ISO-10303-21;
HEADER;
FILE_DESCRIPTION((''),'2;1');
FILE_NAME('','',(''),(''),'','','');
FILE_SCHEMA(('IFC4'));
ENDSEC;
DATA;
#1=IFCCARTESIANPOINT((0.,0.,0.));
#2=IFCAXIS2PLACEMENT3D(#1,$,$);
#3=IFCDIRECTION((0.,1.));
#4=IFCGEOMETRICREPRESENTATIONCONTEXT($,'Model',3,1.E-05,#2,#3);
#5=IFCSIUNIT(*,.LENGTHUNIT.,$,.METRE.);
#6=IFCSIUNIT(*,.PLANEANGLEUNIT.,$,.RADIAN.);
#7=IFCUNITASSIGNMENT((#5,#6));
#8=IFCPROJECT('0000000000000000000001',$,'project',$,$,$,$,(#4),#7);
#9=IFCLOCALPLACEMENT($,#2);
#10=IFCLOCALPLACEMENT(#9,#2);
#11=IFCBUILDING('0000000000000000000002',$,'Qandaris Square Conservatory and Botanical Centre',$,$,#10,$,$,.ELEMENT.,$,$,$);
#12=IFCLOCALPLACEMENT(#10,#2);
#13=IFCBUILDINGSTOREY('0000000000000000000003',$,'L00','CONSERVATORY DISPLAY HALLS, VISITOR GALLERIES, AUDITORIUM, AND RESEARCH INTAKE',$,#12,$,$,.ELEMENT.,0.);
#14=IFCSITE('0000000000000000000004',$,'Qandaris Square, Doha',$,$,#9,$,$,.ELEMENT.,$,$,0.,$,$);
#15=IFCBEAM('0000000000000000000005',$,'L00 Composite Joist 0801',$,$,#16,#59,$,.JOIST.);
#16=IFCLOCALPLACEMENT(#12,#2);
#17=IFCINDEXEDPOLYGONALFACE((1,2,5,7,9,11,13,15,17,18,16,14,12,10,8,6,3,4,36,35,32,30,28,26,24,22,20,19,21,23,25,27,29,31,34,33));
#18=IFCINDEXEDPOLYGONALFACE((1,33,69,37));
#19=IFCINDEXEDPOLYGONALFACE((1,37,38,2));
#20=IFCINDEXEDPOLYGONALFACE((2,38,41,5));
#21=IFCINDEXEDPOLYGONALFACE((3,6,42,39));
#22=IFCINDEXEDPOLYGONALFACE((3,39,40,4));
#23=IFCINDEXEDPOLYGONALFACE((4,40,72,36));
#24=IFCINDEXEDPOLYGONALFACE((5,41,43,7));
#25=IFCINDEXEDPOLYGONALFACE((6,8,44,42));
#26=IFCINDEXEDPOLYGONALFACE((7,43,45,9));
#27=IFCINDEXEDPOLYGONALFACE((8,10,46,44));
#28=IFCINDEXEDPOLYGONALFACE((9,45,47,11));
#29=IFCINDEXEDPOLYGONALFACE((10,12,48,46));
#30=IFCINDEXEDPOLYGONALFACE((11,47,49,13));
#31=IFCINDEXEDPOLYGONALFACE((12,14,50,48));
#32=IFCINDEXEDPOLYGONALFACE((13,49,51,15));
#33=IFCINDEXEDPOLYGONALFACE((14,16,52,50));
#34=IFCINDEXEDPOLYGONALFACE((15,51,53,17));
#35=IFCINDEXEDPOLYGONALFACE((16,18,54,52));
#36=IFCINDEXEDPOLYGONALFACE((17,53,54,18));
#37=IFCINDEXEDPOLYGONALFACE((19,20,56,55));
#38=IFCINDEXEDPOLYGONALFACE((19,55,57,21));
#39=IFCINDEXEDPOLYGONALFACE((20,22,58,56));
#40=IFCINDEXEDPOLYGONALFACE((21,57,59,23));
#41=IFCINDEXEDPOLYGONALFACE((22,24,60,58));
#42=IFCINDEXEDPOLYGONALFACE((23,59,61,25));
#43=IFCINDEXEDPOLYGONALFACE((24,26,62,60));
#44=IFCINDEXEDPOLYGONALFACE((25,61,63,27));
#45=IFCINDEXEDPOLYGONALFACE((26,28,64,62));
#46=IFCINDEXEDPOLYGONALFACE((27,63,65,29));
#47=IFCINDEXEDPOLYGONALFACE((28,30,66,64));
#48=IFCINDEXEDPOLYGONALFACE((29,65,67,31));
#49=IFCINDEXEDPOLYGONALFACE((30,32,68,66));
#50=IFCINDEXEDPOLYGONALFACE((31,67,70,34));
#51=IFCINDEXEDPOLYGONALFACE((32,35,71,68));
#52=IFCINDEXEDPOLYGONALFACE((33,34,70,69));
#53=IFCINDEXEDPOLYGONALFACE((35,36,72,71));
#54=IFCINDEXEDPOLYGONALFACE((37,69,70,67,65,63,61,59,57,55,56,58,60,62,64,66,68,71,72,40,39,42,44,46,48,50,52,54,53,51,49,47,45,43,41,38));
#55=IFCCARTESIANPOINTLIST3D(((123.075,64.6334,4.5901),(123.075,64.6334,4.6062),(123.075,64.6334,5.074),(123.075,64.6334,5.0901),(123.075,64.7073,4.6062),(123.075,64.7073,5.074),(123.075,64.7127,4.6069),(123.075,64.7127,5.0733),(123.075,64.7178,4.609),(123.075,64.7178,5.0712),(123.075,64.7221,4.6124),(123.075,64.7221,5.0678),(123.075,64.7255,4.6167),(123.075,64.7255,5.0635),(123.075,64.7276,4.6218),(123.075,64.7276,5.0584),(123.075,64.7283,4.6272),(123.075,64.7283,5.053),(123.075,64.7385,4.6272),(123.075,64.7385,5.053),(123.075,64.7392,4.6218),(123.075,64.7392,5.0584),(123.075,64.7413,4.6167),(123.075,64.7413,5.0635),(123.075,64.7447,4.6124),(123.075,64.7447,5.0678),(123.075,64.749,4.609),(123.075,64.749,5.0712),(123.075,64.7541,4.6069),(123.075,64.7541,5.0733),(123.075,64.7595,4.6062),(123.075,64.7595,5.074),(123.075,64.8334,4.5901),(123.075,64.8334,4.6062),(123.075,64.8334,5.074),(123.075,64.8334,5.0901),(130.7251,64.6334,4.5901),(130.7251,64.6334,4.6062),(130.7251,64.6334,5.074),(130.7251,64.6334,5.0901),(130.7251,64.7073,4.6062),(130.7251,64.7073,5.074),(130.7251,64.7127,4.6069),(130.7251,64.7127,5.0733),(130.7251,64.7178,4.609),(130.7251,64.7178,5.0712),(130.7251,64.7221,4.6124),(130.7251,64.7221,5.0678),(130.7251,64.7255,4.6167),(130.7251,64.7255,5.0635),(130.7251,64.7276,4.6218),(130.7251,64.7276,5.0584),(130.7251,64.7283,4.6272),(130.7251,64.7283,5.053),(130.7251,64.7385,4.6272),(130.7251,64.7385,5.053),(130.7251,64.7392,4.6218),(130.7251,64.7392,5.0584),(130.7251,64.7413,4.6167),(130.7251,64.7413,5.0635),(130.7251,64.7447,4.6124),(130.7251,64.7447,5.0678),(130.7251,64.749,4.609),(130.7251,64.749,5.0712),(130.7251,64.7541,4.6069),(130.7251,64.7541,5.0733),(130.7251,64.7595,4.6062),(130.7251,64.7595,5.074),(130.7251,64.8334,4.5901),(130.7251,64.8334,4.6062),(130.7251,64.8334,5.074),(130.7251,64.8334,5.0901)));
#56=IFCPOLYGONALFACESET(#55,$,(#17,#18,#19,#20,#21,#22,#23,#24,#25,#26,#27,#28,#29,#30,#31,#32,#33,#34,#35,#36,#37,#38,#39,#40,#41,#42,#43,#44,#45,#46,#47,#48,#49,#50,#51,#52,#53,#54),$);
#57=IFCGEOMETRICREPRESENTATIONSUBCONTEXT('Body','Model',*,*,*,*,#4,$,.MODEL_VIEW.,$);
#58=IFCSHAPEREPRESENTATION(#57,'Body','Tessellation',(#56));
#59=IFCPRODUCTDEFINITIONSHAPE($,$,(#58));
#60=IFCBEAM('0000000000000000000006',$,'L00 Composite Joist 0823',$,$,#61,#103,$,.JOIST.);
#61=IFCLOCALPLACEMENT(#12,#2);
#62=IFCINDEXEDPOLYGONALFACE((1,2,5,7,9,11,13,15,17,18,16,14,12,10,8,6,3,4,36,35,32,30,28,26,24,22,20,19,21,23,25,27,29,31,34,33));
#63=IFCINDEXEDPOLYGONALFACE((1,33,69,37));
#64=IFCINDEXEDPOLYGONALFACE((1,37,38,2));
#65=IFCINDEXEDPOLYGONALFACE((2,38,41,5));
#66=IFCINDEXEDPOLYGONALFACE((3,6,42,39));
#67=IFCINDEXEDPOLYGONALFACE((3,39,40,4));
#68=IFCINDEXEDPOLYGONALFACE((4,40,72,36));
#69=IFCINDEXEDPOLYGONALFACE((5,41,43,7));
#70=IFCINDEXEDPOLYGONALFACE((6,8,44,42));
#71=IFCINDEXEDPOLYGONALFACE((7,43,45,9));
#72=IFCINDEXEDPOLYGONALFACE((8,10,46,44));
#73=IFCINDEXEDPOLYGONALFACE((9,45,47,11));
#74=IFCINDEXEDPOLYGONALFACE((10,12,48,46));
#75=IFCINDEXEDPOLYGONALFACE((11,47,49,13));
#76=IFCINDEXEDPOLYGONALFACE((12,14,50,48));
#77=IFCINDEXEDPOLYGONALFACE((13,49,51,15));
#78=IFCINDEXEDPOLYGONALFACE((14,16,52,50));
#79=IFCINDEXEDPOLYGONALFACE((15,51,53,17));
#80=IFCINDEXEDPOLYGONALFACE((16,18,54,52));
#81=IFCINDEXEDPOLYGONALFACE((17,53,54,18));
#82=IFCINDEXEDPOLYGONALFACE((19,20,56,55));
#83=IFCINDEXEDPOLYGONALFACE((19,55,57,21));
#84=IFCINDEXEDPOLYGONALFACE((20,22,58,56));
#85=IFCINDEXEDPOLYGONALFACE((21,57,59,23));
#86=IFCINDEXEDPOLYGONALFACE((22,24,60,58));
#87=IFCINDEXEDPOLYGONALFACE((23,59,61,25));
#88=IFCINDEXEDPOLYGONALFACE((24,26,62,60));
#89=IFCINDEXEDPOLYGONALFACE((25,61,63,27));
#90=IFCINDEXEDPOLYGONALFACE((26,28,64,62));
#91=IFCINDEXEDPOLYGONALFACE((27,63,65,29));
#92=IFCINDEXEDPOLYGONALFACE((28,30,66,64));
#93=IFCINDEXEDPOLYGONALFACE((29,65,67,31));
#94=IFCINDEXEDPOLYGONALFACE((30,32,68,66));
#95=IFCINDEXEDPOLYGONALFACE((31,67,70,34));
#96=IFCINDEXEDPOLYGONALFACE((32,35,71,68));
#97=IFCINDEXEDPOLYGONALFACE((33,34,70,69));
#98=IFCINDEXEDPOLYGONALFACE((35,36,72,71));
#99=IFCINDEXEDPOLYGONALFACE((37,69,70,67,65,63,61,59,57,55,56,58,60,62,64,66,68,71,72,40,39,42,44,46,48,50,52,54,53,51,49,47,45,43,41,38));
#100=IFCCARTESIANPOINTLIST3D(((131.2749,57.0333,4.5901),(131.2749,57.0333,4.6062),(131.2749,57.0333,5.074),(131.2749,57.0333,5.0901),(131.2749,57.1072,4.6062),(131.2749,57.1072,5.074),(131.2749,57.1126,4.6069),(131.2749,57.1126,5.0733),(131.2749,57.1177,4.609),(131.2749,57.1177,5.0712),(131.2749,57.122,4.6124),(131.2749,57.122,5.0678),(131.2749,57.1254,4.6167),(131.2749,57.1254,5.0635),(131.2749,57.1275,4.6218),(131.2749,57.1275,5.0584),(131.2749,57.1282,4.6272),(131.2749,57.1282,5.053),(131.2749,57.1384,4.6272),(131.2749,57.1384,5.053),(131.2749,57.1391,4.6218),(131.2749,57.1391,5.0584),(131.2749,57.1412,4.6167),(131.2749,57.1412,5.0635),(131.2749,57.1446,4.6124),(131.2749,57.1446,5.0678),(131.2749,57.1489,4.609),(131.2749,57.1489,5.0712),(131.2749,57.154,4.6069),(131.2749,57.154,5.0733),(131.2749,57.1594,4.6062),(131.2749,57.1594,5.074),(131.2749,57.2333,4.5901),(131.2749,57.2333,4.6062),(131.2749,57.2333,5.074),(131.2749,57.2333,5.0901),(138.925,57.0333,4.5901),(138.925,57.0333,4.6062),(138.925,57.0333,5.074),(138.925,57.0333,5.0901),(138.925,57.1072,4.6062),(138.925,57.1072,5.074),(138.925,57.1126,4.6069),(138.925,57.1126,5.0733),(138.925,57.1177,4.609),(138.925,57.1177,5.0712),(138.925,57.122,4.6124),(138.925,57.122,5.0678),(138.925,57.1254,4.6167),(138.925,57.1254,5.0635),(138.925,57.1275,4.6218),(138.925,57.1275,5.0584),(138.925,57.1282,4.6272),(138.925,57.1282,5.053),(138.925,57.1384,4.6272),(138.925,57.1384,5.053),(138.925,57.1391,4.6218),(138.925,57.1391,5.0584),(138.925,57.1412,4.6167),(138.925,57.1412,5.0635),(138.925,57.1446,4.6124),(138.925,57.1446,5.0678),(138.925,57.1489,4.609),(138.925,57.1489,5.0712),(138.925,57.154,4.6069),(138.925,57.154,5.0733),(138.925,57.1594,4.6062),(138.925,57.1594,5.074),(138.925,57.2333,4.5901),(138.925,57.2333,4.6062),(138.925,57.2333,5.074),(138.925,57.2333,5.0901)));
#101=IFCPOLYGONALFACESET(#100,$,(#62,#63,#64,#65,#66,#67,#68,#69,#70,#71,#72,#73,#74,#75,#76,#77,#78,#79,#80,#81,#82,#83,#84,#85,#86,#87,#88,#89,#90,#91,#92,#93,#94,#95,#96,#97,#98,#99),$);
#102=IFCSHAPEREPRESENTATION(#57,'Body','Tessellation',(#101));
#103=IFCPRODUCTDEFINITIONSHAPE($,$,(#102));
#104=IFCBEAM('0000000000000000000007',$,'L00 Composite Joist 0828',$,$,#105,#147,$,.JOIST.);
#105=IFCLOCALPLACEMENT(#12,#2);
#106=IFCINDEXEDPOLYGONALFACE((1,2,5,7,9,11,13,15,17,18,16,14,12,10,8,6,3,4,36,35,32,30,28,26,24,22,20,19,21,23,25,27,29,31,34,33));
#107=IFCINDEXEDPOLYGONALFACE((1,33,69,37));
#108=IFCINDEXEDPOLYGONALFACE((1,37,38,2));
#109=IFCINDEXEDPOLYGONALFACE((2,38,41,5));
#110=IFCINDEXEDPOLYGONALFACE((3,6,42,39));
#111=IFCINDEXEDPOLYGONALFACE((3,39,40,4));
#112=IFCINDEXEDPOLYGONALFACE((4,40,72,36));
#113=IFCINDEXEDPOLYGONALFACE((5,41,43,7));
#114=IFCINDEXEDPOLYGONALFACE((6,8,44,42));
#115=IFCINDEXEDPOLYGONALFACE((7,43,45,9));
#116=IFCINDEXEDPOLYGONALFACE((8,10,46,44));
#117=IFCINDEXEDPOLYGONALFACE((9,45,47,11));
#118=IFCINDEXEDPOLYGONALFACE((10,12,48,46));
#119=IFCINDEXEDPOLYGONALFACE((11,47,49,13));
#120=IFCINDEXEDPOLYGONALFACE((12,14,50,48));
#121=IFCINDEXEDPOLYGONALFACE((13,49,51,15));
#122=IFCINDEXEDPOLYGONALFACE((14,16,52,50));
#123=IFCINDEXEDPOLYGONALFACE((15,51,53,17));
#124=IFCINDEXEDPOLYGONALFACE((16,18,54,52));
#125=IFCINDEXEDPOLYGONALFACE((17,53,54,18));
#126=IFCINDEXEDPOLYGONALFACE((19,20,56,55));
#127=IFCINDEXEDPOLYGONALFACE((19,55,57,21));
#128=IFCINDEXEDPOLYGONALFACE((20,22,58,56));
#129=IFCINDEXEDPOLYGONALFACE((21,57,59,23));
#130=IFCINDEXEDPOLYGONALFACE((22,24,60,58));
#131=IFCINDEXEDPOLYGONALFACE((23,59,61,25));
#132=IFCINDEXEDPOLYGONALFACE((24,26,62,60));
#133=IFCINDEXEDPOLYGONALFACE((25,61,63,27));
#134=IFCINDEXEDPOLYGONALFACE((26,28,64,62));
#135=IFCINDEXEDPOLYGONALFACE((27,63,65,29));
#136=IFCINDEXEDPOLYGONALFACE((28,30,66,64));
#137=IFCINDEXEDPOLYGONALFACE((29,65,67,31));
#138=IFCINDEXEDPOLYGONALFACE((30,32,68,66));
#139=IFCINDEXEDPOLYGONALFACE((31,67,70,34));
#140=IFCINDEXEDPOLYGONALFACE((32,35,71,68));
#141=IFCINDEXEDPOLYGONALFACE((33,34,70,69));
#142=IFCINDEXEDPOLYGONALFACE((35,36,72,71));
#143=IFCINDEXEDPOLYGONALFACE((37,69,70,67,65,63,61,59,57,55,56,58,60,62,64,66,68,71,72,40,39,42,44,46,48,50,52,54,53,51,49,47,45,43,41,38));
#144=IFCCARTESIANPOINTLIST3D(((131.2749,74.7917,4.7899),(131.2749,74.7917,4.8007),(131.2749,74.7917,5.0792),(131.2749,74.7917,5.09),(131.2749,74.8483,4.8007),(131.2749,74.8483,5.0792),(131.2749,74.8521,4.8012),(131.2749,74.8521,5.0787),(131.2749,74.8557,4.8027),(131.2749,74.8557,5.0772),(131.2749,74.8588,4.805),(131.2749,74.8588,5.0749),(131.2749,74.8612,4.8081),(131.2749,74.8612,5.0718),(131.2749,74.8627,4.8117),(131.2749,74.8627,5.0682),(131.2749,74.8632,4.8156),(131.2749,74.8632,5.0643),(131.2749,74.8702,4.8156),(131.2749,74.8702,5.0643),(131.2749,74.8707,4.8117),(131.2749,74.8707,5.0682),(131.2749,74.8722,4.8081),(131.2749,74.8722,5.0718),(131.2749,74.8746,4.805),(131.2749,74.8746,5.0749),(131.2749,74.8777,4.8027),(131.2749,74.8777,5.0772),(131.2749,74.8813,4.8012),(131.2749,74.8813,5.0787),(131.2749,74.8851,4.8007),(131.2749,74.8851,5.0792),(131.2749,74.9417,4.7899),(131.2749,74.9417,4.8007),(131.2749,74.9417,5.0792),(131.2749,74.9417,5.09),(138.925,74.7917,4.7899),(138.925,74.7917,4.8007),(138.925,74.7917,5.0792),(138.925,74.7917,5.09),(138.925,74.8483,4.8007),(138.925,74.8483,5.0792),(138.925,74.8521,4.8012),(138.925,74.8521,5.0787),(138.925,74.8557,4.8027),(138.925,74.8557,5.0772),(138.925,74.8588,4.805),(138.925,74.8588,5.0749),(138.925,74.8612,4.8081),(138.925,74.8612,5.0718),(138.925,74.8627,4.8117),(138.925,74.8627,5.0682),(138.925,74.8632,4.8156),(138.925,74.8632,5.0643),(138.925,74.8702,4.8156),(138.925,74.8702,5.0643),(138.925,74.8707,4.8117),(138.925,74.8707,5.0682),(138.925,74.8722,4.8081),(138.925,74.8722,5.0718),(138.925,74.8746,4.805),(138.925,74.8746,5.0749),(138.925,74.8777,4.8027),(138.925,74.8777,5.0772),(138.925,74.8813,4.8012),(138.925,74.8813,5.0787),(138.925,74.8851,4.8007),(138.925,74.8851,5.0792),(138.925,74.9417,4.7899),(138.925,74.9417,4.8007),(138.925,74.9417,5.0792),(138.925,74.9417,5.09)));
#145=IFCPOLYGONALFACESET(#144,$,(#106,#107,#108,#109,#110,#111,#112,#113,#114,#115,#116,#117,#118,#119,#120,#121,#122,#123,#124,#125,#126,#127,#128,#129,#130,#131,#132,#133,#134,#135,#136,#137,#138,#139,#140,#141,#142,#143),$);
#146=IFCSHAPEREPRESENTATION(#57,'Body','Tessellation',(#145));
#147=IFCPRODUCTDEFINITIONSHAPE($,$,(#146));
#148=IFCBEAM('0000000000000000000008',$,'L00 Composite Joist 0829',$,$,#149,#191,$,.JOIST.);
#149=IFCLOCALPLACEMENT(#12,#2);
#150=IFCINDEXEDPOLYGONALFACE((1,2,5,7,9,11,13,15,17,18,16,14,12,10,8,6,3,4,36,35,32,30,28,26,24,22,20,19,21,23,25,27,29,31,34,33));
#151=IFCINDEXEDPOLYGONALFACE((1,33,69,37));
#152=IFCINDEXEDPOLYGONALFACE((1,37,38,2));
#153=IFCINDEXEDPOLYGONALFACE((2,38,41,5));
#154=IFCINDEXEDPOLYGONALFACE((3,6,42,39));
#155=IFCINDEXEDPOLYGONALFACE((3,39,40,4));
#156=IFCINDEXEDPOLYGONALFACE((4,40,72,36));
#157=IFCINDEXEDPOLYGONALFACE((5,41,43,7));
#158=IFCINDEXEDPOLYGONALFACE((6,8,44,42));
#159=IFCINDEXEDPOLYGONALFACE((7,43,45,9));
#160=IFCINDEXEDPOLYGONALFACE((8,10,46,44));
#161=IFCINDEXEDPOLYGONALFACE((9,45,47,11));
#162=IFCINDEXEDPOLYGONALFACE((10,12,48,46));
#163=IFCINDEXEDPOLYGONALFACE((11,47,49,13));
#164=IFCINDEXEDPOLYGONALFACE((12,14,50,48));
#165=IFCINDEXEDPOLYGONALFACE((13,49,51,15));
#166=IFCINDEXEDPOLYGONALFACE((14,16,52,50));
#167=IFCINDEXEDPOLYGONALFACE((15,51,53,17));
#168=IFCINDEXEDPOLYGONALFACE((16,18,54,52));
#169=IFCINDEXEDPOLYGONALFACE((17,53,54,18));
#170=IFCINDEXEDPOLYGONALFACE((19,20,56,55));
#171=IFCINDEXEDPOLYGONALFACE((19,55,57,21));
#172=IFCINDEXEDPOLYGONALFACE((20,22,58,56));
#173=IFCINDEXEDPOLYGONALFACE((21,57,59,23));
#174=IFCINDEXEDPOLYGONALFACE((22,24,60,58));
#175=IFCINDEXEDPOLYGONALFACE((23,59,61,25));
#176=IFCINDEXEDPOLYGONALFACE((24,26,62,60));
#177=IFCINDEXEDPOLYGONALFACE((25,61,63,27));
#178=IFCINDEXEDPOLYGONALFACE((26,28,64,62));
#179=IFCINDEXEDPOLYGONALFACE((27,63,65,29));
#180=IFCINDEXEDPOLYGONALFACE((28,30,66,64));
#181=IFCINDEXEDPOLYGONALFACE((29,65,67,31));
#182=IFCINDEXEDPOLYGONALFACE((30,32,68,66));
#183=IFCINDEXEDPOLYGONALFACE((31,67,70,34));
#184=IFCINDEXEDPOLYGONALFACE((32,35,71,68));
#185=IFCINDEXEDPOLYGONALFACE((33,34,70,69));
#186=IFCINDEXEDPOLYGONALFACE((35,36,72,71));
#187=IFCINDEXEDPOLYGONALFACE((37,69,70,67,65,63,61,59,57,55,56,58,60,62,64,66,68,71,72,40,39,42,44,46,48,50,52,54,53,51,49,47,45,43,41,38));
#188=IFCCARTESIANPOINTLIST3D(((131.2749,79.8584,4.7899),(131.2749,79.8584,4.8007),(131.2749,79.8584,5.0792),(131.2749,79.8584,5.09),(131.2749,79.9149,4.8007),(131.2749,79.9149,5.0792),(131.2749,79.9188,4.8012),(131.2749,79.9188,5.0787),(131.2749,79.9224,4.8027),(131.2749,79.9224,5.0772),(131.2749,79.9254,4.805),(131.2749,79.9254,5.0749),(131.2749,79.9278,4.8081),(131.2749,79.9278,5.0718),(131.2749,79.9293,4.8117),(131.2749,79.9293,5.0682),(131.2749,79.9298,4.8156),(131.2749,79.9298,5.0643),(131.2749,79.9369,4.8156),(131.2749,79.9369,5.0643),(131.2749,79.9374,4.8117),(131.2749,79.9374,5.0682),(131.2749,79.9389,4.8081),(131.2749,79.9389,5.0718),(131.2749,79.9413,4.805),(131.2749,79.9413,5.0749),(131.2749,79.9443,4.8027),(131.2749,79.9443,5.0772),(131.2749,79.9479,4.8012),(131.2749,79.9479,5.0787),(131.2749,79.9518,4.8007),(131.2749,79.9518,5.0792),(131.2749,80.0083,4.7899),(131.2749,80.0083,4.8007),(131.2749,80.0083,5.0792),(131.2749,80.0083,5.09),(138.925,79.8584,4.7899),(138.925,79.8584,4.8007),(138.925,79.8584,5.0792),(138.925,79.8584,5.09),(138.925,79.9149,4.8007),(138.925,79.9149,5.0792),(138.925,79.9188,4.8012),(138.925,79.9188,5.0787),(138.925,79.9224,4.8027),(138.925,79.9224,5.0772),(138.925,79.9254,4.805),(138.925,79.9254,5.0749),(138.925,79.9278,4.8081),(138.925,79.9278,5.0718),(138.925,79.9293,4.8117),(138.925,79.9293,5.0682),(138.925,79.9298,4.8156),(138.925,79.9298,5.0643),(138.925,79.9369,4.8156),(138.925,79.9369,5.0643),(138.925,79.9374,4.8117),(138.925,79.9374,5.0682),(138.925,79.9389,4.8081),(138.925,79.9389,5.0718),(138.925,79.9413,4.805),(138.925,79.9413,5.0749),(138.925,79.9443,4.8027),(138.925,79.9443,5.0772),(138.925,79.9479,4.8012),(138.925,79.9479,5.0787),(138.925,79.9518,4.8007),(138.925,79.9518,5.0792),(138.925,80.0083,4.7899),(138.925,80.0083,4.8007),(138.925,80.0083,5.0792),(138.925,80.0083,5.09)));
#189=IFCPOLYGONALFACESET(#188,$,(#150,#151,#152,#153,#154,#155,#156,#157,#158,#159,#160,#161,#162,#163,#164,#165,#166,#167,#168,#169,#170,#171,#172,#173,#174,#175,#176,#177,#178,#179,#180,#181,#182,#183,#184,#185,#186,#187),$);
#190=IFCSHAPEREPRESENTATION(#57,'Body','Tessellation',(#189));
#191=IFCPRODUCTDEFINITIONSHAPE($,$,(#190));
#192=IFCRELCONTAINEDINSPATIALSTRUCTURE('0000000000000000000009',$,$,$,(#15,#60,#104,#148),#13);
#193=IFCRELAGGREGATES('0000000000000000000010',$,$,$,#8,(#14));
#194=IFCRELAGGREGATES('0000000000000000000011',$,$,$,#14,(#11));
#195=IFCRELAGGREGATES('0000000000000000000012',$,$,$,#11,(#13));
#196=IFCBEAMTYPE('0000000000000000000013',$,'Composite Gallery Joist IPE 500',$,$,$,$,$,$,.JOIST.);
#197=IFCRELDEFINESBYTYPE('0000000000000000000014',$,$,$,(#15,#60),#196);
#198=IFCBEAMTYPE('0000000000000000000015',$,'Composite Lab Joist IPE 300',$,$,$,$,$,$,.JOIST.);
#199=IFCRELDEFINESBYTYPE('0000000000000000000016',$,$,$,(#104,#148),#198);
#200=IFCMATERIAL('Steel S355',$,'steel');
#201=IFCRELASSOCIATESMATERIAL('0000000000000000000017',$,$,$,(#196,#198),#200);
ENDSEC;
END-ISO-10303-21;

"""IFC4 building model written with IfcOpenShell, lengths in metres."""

from ifc_helpers import new_model, si_unit, direction, frame, origin, origin_2d, place, context, subcontext, project, spatial, i_section, extrude, material, material_profile, profile_set, type_object, element, save


model = new_model("IFC4")

# Units and contexts
model_context = context("Model", 3, precision=1e-05, world=origin(), true_north=direction((0.0, 1.0)))
body_context = subcontext(model_context, "Body", "Model", "MODEL_VIEW")
ifc_project = project(units=[si_unit("LENGTHUNIT", "METRE"), si_unit("PLANEANGLEUNIT", "RADIAN")], contexts=[model_context])

# Site, building, storey
site_placement = place(None, origin())
site = spatial("IfcSite", under=ifc_project, at=site_placement, Name="Qandaris Square, Doha", CompositionType="ELEMENT", RefElevation=0.0)
building_placement = place(site_placement, origin())
building = spatial("IfcBuilding", under=site, at=building_placement, Name="Qandaris Square Conservatory and Botanical Centre", CompositionType="ELEMENT")
storey_placement = place(building_placement, origin())
storey = spatial("IfcBuildingStorey", under=building, at=storey_placement, Name="L00", Description="CONSERVATORY DISPLAY HALLS, VISITOR GALLERIES, AUDITORIUM, AND RESEARCH INTAKE", CompositionType="ELEMENT", Elevation=0.0)

# Beams
ifc_material_1 = material(Name="Steel S355", Category="steel")
ifc_material_profile_1 = material_profile(ifc_material_1, i_section(OverallWidth=0.2, OverallDepth=0.5, WebThickness=0.0103, FlangeThickness=0.0161, FilletRadius=0.021, at=origin_2d()), Name="IPE 500")
ifc_profile_set_1 = profile_set([ifc_material_profile_1], Name="Steel S355")
beam_type_1 = type_object("IfcBeamType", Name="Composite Gallery Joist IPE 500", PredefinedType="JOIST", material=ifc_profile_set_1)
for number, where, z_axis, x_axis, name in (
    (1, (123.075, 64.7334, 4.8401), (1.0, 0.0, 0.0), (0.0, 1.0, 0.0), "L00 Composite Joist 0801"),
    (2, (131.2749, 57.1333, 4.8401), (1.0, 0.0, 0.0), (0.0, 1.0, 0.0), "L00 Composite Joist 0823"),
):
    element("IfcBeam", number, at=place(storey_placement, frame(where, z_axis=z_axis, x_axis=x_axis)), inside=storey, type_object=beam_type_1, Name=name, PredefinedType="JOIST", context=body_context, shape_type="SweptSolid", body=[
        extrude(i_section(OverallWidth=0.2, OverallDepth=0.5, WebThickness=0.0103, FlangeThickness=0.0161, FilletRadius=0.021, at=origin_2d()), origin(), (0.0, 0.0, 1.0), 7.6501),
    ])
ifc_material_profile_2 = material_profile(ifc_material_1, i_section(OverallWidth=0.1499, OverallDepth=0.3, WebThickness=0.0071, FlangeThickness=0.0107, FilletRadius=0.0149, at=origin_2d()), Name="IPE 300")
ifc_profile_set_2 = profile_set([ifc_material_profile_2], Name="Steel S355")
beam_type_2 = type_object("IfcBeamType", Name="Composite Lab Joist IPE 300", PredefinedType="JOIST", material=ifc_profile_set_2)
for number, where, z_axis, x_axis, name in (
    (3, (131.2749, 74.8667, 4.9399), (1.0, 0.0, 0.0), (0.0, 1.0, 0.0), "L00 Composite Joist 0828"),
    (4, (131.2749, 79.9333, 4.9399), (1.0, 0.0, 0.0), (0.0, 1.0, 0.0), "L00 Composite Joist 0829"),
):
    element("IfcBeam", number, at=place(storey_placement, frame(where, z_axis=z_axis, x_axis=x_axis)), inside=storey, type_object=beam_type_2, Name=name, PredefinedType="JOIST", context=body_context, shape_type="SweptSolid", body=[
        extrude(i_section(OverallWidth=0.1499, OverallDepth=0.3, WebThickness=0.0071, FlangeThickness=0.0107, FilletRadius=0.0149, at=origin_2d()), origin(), (0.0, 0.0, 1.0), 7.6501),
    ])

save(model, "model.ifc")
